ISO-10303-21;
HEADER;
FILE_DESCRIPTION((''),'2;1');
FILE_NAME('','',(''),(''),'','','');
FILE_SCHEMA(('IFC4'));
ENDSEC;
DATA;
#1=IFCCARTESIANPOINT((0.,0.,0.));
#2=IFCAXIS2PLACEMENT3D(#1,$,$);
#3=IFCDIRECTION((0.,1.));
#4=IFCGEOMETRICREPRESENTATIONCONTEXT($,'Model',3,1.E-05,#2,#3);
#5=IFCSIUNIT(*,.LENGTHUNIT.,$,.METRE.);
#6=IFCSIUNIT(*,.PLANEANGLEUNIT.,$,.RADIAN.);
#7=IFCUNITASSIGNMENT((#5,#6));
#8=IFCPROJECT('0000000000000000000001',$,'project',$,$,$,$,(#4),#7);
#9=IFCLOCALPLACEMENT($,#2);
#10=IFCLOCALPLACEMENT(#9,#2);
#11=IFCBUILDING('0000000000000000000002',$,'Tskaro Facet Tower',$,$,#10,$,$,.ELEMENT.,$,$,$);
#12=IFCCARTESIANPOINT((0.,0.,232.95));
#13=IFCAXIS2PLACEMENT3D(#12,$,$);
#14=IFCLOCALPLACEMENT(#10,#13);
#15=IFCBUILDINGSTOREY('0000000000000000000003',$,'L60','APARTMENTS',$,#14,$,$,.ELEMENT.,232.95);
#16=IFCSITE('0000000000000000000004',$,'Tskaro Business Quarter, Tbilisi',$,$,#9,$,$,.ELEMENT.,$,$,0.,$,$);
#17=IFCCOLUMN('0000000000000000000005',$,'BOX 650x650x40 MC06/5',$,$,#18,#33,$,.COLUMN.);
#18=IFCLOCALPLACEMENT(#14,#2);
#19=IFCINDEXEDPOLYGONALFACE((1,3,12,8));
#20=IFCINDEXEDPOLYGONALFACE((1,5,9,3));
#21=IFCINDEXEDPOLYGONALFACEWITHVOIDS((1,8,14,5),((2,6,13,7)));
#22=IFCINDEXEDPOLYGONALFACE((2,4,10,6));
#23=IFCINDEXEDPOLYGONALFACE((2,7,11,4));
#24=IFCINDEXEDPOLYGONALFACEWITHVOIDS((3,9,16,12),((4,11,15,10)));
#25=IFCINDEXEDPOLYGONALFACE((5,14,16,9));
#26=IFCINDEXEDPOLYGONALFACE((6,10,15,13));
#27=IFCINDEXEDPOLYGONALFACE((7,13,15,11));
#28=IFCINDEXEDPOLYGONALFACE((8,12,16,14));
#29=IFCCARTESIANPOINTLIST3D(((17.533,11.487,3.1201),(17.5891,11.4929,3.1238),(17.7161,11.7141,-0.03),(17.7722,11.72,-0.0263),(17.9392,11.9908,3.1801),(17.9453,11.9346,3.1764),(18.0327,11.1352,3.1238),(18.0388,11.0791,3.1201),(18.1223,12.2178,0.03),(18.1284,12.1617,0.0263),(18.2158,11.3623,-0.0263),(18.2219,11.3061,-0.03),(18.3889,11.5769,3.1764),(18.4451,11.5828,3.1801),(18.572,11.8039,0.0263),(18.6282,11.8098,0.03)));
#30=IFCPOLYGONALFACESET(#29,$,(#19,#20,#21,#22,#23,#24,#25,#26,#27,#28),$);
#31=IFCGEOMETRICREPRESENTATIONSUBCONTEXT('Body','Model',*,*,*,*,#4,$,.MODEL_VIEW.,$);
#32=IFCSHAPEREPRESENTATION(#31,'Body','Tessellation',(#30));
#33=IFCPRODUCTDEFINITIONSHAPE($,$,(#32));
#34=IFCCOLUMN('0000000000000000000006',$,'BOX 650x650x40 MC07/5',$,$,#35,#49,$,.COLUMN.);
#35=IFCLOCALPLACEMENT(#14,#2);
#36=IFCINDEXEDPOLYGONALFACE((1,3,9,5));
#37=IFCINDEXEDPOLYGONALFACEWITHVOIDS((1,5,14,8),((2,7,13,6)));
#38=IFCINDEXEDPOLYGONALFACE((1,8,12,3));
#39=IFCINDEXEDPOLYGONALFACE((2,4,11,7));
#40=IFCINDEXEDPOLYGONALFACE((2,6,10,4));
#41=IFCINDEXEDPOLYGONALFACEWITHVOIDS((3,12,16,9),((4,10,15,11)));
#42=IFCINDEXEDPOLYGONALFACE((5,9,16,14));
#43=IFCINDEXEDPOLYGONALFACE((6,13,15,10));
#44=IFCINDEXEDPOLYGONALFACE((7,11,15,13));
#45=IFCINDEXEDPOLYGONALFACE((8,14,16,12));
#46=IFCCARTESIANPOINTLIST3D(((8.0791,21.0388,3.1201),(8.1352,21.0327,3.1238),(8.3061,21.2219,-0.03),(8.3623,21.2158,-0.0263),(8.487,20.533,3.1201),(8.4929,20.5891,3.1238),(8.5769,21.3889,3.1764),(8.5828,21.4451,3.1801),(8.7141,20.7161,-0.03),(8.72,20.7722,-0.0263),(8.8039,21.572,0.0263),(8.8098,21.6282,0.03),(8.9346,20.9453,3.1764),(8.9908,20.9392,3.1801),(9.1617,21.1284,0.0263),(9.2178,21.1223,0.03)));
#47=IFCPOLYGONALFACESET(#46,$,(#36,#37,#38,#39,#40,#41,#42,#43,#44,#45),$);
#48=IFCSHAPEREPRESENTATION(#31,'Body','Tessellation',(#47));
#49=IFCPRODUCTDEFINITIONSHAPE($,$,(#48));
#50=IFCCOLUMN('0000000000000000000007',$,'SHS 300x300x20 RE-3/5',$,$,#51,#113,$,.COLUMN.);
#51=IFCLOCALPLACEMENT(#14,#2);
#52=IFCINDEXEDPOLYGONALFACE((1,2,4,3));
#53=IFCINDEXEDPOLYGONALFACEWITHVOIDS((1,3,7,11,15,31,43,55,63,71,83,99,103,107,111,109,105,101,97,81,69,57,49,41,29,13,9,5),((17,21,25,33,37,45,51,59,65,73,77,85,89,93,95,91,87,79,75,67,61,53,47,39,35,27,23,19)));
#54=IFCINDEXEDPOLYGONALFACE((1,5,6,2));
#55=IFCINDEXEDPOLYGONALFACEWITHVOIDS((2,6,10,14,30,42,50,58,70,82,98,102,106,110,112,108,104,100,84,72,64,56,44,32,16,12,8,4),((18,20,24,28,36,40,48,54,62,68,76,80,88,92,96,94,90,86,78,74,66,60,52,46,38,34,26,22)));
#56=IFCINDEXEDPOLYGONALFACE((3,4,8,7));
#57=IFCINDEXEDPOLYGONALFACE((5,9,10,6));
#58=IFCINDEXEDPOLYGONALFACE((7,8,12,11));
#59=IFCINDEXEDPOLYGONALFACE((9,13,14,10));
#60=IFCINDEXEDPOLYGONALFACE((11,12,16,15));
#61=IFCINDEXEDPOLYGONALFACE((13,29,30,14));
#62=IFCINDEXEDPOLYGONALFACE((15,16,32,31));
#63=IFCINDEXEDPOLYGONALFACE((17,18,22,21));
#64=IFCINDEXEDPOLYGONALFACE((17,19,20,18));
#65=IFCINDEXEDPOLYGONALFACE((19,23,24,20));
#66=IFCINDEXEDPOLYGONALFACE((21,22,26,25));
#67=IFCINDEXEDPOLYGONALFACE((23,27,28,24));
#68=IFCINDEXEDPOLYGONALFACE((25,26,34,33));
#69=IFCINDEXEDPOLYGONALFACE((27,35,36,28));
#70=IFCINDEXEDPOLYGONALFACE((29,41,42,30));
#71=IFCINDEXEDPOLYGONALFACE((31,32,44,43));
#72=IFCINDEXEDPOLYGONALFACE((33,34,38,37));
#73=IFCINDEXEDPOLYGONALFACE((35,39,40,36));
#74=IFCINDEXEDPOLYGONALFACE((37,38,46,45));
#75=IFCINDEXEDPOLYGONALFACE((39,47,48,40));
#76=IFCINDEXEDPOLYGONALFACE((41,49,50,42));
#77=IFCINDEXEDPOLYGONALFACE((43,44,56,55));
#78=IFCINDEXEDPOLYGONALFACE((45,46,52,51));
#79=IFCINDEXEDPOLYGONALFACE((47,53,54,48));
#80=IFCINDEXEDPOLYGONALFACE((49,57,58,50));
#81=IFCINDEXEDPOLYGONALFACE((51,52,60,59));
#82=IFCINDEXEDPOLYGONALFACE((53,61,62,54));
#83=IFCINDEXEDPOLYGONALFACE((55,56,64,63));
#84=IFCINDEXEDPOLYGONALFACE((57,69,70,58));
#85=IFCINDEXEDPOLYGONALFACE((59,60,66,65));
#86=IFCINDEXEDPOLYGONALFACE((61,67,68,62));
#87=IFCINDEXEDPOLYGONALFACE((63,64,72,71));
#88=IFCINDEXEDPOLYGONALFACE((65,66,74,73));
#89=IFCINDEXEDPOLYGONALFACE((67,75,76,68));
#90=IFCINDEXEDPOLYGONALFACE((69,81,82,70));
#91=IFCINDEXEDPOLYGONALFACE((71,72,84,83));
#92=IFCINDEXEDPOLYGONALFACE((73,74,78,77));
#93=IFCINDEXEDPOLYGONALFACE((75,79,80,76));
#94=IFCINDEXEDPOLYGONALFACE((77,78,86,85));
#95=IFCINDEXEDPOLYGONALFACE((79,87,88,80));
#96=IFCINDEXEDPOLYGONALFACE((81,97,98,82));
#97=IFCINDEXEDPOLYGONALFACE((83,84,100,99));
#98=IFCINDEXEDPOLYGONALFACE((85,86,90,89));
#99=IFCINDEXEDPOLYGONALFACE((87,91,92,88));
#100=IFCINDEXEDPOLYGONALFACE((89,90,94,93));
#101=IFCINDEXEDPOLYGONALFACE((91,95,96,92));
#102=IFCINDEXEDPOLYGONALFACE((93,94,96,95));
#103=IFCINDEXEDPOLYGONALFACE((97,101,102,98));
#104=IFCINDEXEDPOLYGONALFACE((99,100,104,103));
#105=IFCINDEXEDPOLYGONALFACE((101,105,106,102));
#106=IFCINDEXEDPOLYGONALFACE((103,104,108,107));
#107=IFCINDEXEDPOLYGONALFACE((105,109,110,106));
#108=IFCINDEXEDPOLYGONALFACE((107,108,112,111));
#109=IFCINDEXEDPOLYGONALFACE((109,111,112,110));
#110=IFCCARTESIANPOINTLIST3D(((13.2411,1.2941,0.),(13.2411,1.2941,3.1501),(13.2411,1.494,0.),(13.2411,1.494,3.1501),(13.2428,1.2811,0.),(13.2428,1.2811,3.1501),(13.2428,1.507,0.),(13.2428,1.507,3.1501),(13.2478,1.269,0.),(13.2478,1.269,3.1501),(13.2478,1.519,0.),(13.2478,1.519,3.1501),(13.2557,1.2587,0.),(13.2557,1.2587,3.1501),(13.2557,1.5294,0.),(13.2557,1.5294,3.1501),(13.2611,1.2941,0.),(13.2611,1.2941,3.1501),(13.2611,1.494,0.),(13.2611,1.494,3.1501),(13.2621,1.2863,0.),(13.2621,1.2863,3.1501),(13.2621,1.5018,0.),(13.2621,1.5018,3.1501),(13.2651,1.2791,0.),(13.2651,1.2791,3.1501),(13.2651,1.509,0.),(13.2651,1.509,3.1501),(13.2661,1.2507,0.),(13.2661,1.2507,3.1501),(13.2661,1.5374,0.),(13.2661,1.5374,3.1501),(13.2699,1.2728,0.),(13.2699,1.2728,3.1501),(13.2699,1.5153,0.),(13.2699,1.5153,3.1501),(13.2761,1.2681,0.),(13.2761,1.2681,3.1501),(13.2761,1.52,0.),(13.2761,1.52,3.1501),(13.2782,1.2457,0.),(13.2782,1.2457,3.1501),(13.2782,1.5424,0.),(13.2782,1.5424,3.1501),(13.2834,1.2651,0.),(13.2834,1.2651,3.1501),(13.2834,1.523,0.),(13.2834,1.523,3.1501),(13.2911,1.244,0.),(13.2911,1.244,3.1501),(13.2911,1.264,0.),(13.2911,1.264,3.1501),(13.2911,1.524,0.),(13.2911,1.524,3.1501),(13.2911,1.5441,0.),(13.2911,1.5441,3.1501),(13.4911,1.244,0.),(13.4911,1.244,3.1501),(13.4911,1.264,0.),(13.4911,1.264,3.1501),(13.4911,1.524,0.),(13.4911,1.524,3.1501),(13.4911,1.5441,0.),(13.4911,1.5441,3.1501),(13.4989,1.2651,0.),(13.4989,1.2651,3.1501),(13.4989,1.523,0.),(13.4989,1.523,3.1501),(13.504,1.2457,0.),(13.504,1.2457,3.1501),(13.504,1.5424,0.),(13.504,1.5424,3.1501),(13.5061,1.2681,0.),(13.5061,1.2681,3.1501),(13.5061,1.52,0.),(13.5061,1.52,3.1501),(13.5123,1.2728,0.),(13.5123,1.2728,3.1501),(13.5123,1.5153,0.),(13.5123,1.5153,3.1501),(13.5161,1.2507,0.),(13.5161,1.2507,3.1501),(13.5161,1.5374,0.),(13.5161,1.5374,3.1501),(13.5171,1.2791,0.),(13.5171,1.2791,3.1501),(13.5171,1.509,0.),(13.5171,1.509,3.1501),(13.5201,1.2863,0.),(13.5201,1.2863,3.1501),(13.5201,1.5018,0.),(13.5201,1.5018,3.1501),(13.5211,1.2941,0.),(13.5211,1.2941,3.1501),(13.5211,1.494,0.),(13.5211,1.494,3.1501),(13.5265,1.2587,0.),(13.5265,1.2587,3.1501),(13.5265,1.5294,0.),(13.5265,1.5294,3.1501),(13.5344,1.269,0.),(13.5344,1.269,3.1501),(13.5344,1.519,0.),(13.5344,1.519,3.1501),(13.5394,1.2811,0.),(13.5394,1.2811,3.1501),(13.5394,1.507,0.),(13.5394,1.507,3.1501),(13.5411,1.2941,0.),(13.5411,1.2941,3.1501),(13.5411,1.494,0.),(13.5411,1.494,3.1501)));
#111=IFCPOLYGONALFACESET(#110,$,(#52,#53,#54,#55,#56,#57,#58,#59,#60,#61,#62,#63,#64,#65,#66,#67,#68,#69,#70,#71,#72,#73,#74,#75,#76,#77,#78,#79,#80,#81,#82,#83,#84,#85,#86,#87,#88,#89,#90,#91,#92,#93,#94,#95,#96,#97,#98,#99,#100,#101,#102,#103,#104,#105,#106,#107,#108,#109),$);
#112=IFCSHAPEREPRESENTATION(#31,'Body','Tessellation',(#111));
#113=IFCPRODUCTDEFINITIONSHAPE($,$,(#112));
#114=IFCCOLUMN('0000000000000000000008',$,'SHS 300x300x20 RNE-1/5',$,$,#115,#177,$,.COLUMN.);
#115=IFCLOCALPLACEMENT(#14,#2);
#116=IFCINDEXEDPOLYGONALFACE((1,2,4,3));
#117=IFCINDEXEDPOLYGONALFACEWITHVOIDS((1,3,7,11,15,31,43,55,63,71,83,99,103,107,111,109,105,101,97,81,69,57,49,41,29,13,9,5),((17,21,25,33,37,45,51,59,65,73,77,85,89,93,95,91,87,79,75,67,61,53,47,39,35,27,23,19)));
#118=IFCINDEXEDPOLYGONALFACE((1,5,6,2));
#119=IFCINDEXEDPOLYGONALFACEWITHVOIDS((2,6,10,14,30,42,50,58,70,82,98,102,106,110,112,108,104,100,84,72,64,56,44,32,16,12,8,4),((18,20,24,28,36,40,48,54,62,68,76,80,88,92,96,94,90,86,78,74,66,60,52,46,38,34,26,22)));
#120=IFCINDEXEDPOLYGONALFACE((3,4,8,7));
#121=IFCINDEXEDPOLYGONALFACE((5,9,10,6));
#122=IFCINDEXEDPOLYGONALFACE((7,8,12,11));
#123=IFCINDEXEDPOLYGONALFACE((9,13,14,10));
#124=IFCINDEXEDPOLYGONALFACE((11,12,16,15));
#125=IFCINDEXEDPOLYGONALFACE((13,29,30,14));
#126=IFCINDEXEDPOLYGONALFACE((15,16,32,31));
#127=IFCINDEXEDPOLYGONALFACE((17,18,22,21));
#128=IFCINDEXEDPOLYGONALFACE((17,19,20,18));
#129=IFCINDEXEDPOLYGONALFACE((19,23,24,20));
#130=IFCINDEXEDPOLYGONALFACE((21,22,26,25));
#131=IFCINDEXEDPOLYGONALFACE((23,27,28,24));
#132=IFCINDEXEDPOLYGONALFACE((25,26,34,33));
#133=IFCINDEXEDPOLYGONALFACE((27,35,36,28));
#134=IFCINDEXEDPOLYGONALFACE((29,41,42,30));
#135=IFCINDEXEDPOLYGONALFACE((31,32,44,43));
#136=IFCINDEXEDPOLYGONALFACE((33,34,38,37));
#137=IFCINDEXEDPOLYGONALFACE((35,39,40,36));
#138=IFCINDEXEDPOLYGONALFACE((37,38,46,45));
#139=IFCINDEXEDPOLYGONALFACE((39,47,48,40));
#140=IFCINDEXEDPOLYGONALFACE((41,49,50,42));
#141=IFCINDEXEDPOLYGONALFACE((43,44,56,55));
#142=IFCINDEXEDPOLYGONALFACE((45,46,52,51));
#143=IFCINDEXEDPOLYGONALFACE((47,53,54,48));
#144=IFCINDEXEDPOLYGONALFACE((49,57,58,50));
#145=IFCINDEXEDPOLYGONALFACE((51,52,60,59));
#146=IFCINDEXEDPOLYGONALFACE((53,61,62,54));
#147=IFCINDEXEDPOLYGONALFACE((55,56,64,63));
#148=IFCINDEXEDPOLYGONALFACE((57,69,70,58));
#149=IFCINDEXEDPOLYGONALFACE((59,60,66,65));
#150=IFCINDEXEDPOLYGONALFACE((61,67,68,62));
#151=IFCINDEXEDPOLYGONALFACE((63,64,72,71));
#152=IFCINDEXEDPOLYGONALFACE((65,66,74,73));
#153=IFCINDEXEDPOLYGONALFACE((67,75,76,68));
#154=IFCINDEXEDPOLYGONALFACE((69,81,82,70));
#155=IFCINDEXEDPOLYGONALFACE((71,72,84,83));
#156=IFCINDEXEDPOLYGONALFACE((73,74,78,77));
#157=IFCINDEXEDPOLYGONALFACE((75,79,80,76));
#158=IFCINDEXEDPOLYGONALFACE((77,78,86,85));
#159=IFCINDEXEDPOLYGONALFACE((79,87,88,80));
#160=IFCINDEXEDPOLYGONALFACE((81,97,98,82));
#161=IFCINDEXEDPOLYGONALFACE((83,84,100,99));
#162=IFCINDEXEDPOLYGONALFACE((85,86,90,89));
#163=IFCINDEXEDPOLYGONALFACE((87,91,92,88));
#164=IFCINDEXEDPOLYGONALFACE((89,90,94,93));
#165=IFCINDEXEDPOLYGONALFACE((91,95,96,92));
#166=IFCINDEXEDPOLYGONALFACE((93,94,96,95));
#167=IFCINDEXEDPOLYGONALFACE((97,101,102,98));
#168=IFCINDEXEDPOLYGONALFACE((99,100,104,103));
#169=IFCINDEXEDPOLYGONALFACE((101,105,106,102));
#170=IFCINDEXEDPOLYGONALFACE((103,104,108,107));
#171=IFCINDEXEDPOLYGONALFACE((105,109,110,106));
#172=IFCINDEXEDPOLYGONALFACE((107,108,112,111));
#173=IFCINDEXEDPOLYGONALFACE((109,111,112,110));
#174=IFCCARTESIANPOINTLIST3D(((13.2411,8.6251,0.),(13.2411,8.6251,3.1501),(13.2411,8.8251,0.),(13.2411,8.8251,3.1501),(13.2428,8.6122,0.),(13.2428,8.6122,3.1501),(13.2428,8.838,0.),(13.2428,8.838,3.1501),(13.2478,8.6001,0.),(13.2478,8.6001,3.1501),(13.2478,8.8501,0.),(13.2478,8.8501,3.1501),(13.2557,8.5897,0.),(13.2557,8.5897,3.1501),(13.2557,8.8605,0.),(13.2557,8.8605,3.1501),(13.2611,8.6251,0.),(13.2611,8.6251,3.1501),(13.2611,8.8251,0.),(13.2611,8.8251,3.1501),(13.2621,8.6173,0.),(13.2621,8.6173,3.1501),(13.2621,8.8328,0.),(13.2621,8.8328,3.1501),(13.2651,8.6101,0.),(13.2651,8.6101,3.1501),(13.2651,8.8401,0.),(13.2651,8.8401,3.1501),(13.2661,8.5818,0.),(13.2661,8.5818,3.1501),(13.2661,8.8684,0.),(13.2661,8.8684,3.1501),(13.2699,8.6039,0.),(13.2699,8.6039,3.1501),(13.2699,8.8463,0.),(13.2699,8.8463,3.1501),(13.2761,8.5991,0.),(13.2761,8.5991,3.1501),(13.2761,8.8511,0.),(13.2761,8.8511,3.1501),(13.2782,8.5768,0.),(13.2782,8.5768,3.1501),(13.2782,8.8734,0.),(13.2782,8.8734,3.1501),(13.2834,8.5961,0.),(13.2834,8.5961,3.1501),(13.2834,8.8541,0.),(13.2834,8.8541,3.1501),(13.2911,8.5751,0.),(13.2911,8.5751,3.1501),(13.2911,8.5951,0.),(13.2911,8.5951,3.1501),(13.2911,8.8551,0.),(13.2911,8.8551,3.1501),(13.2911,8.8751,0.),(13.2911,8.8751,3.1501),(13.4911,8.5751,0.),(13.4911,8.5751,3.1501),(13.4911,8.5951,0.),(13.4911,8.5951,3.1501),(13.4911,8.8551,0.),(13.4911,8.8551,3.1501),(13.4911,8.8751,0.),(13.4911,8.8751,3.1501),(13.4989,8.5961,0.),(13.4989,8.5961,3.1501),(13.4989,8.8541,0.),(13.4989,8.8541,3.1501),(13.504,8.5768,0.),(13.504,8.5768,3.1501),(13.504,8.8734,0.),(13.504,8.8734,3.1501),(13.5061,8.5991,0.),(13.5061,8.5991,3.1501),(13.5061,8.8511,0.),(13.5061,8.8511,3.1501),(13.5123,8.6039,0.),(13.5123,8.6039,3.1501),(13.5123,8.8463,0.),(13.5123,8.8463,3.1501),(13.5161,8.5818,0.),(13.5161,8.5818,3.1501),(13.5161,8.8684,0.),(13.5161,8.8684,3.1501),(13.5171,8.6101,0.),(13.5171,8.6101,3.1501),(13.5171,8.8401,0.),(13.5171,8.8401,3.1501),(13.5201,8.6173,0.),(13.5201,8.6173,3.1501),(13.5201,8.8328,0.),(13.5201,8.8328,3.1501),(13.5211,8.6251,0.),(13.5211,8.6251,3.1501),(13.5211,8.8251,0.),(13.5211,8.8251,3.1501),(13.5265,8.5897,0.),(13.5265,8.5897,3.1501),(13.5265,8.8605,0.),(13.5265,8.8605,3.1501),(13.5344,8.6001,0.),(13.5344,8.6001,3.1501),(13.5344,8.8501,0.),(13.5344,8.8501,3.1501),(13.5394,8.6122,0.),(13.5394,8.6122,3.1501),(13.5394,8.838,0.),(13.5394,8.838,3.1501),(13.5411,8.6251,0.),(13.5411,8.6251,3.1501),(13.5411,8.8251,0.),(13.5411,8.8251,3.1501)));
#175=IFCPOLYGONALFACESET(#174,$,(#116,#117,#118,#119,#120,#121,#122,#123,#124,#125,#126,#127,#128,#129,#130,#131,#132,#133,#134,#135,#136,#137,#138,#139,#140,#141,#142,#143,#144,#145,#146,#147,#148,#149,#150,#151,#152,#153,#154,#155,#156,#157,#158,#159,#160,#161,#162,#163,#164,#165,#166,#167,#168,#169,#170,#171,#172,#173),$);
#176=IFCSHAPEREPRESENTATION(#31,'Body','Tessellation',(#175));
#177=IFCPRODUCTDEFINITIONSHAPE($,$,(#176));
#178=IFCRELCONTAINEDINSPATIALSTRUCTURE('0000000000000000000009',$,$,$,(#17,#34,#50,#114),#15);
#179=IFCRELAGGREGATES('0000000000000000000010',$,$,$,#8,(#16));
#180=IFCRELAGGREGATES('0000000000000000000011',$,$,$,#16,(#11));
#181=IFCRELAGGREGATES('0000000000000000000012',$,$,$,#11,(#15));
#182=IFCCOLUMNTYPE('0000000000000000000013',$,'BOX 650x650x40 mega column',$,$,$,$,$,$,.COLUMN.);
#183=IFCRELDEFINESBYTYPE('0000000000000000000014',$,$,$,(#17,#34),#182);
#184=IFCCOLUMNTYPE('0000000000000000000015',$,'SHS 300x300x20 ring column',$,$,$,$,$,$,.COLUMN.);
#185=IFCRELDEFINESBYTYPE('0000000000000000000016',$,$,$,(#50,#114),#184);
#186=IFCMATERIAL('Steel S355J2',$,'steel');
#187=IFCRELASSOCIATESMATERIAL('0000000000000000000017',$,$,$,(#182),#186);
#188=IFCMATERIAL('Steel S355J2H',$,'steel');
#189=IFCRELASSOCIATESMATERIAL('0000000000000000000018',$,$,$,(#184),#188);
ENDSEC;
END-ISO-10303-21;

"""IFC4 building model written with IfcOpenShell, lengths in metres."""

from ifc_helpers import new_model, si_unit, direction, frame, origin, origin_2d, place, context, subcontext, project, spatial, hollow_rectangle, extrude, material, material_profile, profile_set, type_object, element, save


model = new_model("IFC4")

# Units and contexts
model_context = context("Model", 3, precision=1e-05, world=origin(), true_north=direction((0.0, 1.0)))
body_context = subcontext(model_context, "Body", "Model", "MODEL_VIEW")
ifc_project = project(units=[si_unit("LENGTHUNIT", "METRE"), si_unit("PLANEANGLEUNIT", "RADIAN")], contexts=[model_context])

# Site, building, storey
site_placement = place(None, origin())
site = spatial("IfcSite", under=ifc_project, at=site_placement, Name="Tskaro Business Quarter, Tbilisi", CompositionType="ELEMENT", RefElevation=0.0)
building_placement = place(site_placement, origin())
building = spatial("IfcBuilding", under=site, at=building_placement, Name="Tskaro Facet Tower", CompositionType="ELEMENT")
storey_placement = place(building_placement, frame((0.0, 0.0, 232.95)))
storey = spatial("IfcBuildingStorey", under=building, at=storey_placement, Name="L60", Description="APARTMENTS", CompositionType="ELEMENT", Elevation=232.95)

# Columns
ifc_material_1 = material(Name="Steel S355J2", Category="steel")
ifc_material_profile_1 = material_profile(ifc_material_1, hollow_rectangle(XDim=0.6499, YDim=0.6499, WallThickness=0.04, at=origin_2d()), Name="BOX 650x650x40")
ifc_profile_set_1 = profile_set([ifc_material_profile_1], Name="Steel S355J2")
column_type_1 = type_object("IfcColumnType", Name="BOX 650x650x40 mega column", PredefinedType="COLUMN", material=ifc_profile_set_1)
for number, where, z_axis, x_axis, name in (
    (1, (18.1721, 11.762, 0.0), (-0.057878, -0.071769, 0.995741), (0.778413, -0.627752, 0.0), "BOX 650x650x40 MC06/5"),
    (2, (8.762, 21.1721, 0.0), (-0.071769, -0.057878, 0.995741), (0.627752, -0.778413, 0.0), "BOX 650x650x40 MC07/5"),
):
    element("IfcColumn", number, at=place(storey_placement, frame(where, z_axis=z_axis, x_axis=x_axis)), inside=storey, type_object=column_type_1, Name=name, PredefinedType="COLUMN", context=body_context, shape_type="SweptSolid", body=[
        extrude(hollow_rectangle(XDim=0.6499, YDim=0.6499, WallThickness=0.04, at=origin_2d()), origin(), (0.0, 0.0, 1.0), 3.1636),
    ])
ifc_material_2 = material(Name="Steel S355J2H", Category="steel")
ifc_material_profile_2 = material_profile(ifc_material_2, hollow_rectangle(XDim=0.3, YDim=0.3, WallThickness=0.02, InnerFilletRadius=0.03, OuterFilletRadius=0.05, at=origin_2d()), Name="SHS 300x300x20")
ifc_profile_set_2 = profile_set([ifc_material_profile_2], Name="Steel S355J2H")
column_type_2 = type_object("IfcColumnType", Name="SHS 300x300x20 ring column", PredefinedType="COLUMN", material=ifc_profile_set_2)
for number, where, z_axis, x_axis, name in (
    (3, (13.3911, 1.394, 0.0), (0.0, 0.0, 1.0), (1.0, 0.0, 0.0), "SHS 300x300x20 RE-3/5"),
    (4, (13.3911, 8.7251, 0.0), (0.0, 0.0, 1.0), (1.0, 0.0, 0.0), "SHS 300x300x20 RNE-1/5"),
):
    element("IfcColumn", number, at=place(storey_placement, frame(where, z_axis=z_axis, x_axis=x_axis)), inside=storey, type_object=column_type_2, Name=name, PredefinedType="COLUMN", context=body_context, shape_type="SweptSolid", body=[
        extrude(hollow_rectangle(XDim=0.3, YDim=0.3, WallThickness=0.02, InnerFilletRadius=0.03, OuterFilletRadius=0.05, at=origin_2d()), origin(), (0.0, 0.0, 1.0), 3.1501),
    ])

save(model, "model.ifc")
